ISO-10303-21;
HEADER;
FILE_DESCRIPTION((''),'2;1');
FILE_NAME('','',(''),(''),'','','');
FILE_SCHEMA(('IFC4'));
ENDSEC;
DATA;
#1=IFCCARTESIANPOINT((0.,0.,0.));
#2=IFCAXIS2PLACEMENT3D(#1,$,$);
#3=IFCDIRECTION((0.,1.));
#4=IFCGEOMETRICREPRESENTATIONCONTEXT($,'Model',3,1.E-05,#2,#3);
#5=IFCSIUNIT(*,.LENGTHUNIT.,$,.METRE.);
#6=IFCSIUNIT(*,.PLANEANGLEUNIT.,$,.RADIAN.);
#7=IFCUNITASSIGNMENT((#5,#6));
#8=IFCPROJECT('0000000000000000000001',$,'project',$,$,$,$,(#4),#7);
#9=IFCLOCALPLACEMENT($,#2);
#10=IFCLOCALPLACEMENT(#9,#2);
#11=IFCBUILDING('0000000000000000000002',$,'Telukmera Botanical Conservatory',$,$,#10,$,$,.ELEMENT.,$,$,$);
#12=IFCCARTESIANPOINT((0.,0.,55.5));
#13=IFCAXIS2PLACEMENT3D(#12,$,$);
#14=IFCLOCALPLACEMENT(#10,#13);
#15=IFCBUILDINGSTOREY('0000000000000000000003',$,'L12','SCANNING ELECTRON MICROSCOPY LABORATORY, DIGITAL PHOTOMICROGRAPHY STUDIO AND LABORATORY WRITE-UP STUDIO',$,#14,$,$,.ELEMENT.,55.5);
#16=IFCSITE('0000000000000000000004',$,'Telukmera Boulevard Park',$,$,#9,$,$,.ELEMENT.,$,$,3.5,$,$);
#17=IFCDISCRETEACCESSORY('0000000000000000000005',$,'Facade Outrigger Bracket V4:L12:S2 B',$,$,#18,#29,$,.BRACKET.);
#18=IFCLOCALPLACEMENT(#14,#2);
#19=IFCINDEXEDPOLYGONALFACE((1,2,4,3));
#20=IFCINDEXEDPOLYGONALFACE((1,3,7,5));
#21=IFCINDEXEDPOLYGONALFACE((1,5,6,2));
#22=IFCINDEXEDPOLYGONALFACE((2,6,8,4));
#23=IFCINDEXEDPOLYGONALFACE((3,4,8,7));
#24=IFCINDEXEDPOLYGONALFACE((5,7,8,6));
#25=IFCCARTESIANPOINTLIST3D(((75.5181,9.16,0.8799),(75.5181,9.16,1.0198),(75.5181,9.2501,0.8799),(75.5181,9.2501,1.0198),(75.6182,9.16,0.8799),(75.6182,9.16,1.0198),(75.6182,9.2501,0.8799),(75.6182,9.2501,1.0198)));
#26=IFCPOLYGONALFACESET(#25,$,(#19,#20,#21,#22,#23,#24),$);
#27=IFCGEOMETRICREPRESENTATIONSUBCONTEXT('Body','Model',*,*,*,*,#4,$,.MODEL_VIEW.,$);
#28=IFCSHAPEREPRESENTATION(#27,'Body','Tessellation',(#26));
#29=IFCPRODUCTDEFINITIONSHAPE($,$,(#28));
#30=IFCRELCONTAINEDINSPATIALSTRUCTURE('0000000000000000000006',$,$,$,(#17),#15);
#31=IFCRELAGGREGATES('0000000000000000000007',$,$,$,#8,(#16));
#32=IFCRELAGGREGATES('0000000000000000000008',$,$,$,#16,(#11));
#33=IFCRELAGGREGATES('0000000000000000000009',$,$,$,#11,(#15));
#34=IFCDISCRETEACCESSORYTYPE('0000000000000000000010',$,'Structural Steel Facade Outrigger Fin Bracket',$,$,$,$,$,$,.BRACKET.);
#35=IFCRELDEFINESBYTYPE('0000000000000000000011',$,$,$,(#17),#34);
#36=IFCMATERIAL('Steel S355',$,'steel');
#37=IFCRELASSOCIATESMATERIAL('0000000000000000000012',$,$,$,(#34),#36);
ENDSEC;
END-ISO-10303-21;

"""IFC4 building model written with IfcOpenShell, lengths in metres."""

from ifc_helpers import new_model, si_unit, direction, frame, origin, origin_2d, place, context, subcontext, project, spatial, rectangle, extrude, material, type_object, element, save


model = new_model("IFC4")

# Units and contexts
model_context = context("Model", 3, precision=1e-05, world=origin(), true_north=direction((0.0, 1.0)))
body_context = subcontext(model_context, "Body", "Model", "MODEL_VIEW")
ifc_project = project(units=[si_unit("LENGTHUNIT", "METRE"), si_unit("PLANEANGLEUNIT", "RADIAN")], contexts=[model_context])

# Site, building, storey
site_placement = place(None, origin())
site = spatial("IfcSite", under=ifc_project, at=site_placement, Name="Telukmera Boulevard Park", CompositionType="ELEMENT", RefElevation=3.5)
building_placement = place(site_placement, origin())
building = spatial("IfcBuilding", under=site, at=building_placement, Name="Telukmera Botanical Conservatory", CompositionType="ELEMENT")
storey_placement = place(building_placement, frame((0.0, 0.0, 55.5)))
storey = spatial("IfcBuildingStorey", under=building, at=storey_placement, Name="L12", Description="SCANNING ELECTRON MICROSCOPY LABORATORY, DIGITAL PHOTOMICROGRAPHY STUDIO AND LABORATORY WRITE-UP STUDIO", CompositionType="ELEMENT", Elevation=55.5)

# Discrete accessory
ifc_material_1 = material(Name="Steel S355", Category="steel")
discrete_accessory_type = type_object("IfcDiscreteAccessoryType", Name="Structural Steel Facade Outrigger Fin Bracket", PredefinedType="BRACKET", material=ifc_material_1)
for number, where, z_axis, x_axis, name in (
    (1, (75.5681, 9.2051, 0.8799), (0.0, 0.0, 1.0), (1.0, 0.0, 0.0), "Facade Outrigger Bracket V4:L12:S2 B"),
):
    element("IfcDiscreteAccessory", number, at=place(storey_placement, frame(where, z_axis=z_axis, x_axis=x_axis)), inside=storey, type_object=discrete_accessory_type, Name=name, PredefinedType="BRACKET", context=body_context, shape_type="SweptSolid", body=[
        extrude(rectangle(XDim=0.1001, YDim=0.0901, at=origin_2d()), origin(), (0.0, 0.0, 1.0), 0.1399),
    ])

save(model, "model.ifc")
